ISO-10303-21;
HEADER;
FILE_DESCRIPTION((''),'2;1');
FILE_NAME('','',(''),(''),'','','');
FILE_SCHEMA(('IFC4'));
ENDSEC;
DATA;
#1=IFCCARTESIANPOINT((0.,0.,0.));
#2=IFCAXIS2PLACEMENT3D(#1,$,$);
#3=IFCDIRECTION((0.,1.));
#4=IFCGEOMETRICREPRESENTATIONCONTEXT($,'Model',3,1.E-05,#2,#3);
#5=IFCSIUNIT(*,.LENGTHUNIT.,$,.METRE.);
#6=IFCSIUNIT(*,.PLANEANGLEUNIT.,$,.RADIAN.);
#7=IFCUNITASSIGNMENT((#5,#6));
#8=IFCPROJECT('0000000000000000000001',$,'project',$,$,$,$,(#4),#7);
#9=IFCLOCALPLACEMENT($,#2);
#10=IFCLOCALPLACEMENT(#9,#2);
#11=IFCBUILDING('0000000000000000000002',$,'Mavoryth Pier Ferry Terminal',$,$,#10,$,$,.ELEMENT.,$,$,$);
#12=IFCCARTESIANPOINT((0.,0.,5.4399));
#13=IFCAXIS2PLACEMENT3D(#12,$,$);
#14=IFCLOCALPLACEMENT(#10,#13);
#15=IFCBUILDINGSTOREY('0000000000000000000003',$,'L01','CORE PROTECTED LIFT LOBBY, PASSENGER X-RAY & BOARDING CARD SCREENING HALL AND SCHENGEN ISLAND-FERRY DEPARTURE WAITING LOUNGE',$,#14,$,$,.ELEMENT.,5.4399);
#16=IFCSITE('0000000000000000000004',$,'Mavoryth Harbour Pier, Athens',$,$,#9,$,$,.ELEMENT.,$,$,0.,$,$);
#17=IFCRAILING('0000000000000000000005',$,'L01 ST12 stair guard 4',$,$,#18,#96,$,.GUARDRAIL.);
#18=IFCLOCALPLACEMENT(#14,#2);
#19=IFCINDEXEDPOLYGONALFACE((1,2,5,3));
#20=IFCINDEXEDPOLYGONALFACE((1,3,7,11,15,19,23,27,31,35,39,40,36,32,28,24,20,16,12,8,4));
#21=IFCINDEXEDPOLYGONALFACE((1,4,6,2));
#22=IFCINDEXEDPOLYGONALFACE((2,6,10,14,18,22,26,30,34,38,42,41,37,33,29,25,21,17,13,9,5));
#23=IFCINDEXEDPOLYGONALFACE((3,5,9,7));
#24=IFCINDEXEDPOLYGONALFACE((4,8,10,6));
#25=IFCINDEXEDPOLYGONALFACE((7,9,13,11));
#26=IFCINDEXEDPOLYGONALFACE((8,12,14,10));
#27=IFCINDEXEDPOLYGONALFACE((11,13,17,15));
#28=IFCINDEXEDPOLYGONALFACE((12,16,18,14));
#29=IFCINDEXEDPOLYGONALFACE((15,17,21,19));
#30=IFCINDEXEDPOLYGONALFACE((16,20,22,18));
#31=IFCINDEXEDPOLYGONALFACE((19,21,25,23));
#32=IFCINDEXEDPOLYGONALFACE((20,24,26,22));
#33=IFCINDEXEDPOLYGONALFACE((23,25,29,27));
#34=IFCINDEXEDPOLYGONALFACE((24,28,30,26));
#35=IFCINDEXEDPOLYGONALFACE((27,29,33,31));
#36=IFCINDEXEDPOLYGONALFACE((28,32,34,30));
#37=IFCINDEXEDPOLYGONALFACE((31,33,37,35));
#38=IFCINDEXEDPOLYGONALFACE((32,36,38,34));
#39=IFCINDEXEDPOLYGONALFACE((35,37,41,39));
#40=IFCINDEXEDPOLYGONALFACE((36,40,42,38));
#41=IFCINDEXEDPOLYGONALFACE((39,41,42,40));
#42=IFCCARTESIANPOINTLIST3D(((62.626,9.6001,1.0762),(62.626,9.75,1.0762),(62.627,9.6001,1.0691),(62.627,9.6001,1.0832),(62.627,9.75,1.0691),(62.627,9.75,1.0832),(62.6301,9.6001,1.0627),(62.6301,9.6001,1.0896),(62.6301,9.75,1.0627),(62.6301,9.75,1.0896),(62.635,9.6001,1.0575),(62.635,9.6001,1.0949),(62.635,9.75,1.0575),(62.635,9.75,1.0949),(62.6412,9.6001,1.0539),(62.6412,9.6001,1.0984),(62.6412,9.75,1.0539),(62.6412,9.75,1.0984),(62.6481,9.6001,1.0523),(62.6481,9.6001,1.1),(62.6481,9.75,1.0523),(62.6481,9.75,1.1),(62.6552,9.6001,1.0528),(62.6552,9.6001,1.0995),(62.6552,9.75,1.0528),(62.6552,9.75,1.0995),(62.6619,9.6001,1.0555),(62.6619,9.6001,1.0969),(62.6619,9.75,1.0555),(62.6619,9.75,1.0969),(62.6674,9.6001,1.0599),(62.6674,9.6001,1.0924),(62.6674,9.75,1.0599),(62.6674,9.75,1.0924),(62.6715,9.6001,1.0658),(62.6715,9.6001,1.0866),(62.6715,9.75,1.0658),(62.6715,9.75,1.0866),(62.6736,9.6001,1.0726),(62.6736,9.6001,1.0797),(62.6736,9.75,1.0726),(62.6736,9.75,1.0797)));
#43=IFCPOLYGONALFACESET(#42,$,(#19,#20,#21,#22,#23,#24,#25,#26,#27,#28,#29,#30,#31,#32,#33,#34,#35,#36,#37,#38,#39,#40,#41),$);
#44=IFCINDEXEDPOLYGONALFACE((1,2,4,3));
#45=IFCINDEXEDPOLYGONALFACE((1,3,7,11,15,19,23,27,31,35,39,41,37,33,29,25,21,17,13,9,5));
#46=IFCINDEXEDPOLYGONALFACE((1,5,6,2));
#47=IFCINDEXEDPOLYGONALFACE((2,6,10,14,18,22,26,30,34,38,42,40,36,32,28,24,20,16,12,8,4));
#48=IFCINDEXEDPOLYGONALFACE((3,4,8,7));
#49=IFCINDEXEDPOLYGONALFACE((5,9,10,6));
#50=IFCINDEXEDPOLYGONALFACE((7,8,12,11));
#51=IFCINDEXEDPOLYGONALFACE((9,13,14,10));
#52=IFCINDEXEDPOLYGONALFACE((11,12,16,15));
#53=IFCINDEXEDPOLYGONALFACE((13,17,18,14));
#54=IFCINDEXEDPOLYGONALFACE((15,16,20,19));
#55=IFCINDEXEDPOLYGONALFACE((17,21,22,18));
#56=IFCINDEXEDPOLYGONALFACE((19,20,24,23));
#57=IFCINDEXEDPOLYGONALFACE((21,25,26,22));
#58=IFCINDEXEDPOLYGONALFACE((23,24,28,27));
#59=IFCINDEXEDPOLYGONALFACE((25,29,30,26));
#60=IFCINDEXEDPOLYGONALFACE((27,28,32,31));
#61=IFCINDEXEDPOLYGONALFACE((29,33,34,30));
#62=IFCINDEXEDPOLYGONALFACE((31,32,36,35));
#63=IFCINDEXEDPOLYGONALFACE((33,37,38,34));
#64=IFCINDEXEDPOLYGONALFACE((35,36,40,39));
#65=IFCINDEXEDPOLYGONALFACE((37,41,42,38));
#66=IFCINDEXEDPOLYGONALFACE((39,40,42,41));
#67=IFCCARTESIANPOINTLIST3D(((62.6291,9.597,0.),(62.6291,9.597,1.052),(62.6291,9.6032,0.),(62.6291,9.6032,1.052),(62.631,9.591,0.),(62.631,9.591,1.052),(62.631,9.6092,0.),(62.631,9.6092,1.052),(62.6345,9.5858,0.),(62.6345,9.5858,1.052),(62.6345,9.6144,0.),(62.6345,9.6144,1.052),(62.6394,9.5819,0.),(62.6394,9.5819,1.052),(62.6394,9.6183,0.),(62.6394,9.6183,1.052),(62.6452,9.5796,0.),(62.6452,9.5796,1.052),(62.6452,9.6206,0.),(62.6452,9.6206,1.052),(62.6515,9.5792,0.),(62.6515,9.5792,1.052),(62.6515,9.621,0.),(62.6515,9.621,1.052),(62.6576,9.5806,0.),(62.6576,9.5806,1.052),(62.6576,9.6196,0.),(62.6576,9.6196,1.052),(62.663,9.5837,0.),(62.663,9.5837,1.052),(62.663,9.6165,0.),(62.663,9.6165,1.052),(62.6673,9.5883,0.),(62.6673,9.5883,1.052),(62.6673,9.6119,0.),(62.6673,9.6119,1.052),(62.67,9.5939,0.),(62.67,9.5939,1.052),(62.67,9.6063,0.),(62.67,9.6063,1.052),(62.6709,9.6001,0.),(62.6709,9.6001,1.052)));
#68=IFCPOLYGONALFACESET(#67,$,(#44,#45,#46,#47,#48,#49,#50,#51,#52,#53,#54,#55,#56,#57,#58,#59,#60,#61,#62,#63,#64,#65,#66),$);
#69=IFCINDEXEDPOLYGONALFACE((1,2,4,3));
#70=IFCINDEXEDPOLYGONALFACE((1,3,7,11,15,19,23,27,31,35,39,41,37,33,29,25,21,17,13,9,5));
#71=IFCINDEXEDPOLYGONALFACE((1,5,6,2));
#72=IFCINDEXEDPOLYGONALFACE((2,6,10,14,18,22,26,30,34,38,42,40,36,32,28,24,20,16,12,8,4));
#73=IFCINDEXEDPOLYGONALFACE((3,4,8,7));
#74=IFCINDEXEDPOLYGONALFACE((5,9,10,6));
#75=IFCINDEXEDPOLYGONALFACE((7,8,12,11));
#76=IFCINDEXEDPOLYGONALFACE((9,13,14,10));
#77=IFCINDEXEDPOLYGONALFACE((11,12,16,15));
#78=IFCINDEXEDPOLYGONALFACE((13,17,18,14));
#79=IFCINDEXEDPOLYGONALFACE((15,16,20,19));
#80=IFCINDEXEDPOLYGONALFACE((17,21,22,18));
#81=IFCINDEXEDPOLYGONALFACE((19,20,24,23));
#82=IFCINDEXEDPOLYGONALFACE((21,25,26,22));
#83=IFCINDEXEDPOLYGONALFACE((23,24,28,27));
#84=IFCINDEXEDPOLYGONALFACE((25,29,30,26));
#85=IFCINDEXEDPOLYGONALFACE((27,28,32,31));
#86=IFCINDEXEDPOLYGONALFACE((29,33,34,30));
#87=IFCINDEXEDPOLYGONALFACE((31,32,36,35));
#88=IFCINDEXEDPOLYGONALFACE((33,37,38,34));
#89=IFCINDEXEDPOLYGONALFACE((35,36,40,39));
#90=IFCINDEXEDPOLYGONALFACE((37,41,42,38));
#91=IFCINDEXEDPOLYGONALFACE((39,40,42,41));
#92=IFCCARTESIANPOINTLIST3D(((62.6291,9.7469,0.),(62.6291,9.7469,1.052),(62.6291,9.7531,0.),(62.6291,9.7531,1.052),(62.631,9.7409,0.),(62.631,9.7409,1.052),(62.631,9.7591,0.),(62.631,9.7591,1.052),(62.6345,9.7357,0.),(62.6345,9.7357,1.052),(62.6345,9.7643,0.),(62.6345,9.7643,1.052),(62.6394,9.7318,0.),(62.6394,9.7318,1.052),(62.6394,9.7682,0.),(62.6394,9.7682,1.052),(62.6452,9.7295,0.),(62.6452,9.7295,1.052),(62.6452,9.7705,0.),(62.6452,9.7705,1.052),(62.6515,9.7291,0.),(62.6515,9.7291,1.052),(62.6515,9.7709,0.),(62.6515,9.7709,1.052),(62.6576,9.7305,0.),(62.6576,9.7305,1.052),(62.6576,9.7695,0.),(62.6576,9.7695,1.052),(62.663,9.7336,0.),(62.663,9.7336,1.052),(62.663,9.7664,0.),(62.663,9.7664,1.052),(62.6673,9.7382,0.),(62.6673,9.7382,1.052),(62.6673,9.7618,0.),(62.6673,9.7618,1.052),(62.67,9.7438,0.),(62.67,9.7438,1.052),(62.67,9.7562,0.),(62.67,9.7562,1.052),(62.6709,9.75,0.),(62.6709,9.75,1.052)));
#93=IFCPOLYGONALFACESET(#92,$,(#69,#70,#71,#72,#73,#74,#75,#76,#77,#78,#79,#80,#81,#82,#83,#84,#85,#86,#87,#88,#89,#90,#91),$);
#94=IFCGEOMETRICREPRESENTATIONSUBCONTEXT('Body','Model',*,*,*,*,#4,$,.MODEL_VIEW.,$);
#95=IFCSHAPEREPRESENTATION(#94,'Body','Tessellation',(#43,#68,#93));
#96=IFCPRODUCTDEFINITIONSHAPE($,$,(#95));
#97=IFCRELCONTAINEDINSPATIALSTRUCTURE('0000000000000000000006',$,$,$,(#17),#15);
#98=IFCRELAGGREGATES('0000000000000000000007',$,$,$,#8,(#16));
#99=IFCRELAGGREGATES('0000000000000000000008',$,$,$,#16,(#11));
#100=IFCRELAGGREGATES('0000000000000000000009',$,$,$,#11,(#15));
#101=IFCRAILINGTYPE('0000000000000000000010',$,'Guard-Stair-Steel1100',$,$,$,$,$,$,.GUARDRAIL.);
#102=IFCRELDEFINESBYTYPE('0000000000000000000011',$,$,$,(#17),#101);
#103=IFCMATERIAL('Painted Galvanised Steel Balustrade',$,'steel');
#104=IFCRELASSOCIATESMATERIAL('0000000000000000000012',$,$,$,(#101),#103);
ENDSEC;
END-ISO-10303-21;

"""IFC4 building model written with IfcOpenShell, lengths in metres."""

from ifc_helpers import new_model, si_unit, direction, frame, origin, origin_2d, place, context, subcontext, project, spatial, circle, extrude, material, type_object, element, save


model = new_model("IFC4")

# Units and contexts
model_context = context("Model", 3, precision=1e-05, world=origin(), true_north=direction((0.0, 1.0)))
body_context = subcontext(model_context, "Body", "Model", "MODEL_VIEW")
ifc_project = project(units=[si_unit("LENGTHUNIT", "METRE"), si_unit("PLANEANGLEUNIT", "RADIAN")], contexts=[model_context])

# Site, building, storey
site_placement = place(None, origin())
site = spatial("IfcSite", under=ifc_project, at=site_placement, Name="Mavoryth Harbour Pier, Athens", CompositionType="ELEMENT", RefElevation=0.0)
building_placement = place(site_placement, origin())
building = spatial("IfcBuilding", under=site, at=building_placement, Name="Mavoryth Pier Ferry Terminal", CompositionType="ELEMENT")
storey_placement = place(building_placement, frame((0.0, 0.0, 5.4399)))
storey = spatial("IfcBuildingStorey", under=building, at=storey_placement, Name="L01", Description="CORE PROTECTED LIFT LOBBY, PASSENGER X-RAY & BOARDING CARD SCREENING HALL AND SCHENGEN ISLAND-FERRY DEPARTURE WAITING LOUNGE", CompositionType="ELEMENT", Elevation=5.4399)

# Railing
ifc_material_1 = material(Name="Painted Galvanised Steel Balustrade", Category="steel")
railing_type_1 = type_object("IfcRailingType", Name="Guard-Stair-Steel1100", PredefinedType="GUARDRAIL", material=ifc_material_1)
railing_1_placement = place(storey_placement, frame((62.6499, 9.6001, 0.0)))
element("IfcRailing", 1, at=railing_1_placement, inside=storey, type_object=railing_type_1, Name="L01 ST12 stair guard 4", PredefinedType="GUARDRAIL", context=body_context, shape_type="SweptSolid", body=[
    extrude(circle(Radius=0.0239, at=origin_2d()), frame((0.0, 0.0, 1.0762), z_axis=(0.0, 1.0, 0.0), x_axis=(-1.0, 0.0, 0.0)), (0.0, 0.0, 1.0), 0.1499),
    extrude(circle(Radius=0.021, at=origin_2d()), origin(), (0.0, 0.0, 1.0), 1.052),
    extrude(circle(Radius=0.021, at=origin_2d()), frame((0.0, 0.1499, 0.0)), (0.0, 0.0, 1.0), 1.052),
])

save(model, "model.ifc")
